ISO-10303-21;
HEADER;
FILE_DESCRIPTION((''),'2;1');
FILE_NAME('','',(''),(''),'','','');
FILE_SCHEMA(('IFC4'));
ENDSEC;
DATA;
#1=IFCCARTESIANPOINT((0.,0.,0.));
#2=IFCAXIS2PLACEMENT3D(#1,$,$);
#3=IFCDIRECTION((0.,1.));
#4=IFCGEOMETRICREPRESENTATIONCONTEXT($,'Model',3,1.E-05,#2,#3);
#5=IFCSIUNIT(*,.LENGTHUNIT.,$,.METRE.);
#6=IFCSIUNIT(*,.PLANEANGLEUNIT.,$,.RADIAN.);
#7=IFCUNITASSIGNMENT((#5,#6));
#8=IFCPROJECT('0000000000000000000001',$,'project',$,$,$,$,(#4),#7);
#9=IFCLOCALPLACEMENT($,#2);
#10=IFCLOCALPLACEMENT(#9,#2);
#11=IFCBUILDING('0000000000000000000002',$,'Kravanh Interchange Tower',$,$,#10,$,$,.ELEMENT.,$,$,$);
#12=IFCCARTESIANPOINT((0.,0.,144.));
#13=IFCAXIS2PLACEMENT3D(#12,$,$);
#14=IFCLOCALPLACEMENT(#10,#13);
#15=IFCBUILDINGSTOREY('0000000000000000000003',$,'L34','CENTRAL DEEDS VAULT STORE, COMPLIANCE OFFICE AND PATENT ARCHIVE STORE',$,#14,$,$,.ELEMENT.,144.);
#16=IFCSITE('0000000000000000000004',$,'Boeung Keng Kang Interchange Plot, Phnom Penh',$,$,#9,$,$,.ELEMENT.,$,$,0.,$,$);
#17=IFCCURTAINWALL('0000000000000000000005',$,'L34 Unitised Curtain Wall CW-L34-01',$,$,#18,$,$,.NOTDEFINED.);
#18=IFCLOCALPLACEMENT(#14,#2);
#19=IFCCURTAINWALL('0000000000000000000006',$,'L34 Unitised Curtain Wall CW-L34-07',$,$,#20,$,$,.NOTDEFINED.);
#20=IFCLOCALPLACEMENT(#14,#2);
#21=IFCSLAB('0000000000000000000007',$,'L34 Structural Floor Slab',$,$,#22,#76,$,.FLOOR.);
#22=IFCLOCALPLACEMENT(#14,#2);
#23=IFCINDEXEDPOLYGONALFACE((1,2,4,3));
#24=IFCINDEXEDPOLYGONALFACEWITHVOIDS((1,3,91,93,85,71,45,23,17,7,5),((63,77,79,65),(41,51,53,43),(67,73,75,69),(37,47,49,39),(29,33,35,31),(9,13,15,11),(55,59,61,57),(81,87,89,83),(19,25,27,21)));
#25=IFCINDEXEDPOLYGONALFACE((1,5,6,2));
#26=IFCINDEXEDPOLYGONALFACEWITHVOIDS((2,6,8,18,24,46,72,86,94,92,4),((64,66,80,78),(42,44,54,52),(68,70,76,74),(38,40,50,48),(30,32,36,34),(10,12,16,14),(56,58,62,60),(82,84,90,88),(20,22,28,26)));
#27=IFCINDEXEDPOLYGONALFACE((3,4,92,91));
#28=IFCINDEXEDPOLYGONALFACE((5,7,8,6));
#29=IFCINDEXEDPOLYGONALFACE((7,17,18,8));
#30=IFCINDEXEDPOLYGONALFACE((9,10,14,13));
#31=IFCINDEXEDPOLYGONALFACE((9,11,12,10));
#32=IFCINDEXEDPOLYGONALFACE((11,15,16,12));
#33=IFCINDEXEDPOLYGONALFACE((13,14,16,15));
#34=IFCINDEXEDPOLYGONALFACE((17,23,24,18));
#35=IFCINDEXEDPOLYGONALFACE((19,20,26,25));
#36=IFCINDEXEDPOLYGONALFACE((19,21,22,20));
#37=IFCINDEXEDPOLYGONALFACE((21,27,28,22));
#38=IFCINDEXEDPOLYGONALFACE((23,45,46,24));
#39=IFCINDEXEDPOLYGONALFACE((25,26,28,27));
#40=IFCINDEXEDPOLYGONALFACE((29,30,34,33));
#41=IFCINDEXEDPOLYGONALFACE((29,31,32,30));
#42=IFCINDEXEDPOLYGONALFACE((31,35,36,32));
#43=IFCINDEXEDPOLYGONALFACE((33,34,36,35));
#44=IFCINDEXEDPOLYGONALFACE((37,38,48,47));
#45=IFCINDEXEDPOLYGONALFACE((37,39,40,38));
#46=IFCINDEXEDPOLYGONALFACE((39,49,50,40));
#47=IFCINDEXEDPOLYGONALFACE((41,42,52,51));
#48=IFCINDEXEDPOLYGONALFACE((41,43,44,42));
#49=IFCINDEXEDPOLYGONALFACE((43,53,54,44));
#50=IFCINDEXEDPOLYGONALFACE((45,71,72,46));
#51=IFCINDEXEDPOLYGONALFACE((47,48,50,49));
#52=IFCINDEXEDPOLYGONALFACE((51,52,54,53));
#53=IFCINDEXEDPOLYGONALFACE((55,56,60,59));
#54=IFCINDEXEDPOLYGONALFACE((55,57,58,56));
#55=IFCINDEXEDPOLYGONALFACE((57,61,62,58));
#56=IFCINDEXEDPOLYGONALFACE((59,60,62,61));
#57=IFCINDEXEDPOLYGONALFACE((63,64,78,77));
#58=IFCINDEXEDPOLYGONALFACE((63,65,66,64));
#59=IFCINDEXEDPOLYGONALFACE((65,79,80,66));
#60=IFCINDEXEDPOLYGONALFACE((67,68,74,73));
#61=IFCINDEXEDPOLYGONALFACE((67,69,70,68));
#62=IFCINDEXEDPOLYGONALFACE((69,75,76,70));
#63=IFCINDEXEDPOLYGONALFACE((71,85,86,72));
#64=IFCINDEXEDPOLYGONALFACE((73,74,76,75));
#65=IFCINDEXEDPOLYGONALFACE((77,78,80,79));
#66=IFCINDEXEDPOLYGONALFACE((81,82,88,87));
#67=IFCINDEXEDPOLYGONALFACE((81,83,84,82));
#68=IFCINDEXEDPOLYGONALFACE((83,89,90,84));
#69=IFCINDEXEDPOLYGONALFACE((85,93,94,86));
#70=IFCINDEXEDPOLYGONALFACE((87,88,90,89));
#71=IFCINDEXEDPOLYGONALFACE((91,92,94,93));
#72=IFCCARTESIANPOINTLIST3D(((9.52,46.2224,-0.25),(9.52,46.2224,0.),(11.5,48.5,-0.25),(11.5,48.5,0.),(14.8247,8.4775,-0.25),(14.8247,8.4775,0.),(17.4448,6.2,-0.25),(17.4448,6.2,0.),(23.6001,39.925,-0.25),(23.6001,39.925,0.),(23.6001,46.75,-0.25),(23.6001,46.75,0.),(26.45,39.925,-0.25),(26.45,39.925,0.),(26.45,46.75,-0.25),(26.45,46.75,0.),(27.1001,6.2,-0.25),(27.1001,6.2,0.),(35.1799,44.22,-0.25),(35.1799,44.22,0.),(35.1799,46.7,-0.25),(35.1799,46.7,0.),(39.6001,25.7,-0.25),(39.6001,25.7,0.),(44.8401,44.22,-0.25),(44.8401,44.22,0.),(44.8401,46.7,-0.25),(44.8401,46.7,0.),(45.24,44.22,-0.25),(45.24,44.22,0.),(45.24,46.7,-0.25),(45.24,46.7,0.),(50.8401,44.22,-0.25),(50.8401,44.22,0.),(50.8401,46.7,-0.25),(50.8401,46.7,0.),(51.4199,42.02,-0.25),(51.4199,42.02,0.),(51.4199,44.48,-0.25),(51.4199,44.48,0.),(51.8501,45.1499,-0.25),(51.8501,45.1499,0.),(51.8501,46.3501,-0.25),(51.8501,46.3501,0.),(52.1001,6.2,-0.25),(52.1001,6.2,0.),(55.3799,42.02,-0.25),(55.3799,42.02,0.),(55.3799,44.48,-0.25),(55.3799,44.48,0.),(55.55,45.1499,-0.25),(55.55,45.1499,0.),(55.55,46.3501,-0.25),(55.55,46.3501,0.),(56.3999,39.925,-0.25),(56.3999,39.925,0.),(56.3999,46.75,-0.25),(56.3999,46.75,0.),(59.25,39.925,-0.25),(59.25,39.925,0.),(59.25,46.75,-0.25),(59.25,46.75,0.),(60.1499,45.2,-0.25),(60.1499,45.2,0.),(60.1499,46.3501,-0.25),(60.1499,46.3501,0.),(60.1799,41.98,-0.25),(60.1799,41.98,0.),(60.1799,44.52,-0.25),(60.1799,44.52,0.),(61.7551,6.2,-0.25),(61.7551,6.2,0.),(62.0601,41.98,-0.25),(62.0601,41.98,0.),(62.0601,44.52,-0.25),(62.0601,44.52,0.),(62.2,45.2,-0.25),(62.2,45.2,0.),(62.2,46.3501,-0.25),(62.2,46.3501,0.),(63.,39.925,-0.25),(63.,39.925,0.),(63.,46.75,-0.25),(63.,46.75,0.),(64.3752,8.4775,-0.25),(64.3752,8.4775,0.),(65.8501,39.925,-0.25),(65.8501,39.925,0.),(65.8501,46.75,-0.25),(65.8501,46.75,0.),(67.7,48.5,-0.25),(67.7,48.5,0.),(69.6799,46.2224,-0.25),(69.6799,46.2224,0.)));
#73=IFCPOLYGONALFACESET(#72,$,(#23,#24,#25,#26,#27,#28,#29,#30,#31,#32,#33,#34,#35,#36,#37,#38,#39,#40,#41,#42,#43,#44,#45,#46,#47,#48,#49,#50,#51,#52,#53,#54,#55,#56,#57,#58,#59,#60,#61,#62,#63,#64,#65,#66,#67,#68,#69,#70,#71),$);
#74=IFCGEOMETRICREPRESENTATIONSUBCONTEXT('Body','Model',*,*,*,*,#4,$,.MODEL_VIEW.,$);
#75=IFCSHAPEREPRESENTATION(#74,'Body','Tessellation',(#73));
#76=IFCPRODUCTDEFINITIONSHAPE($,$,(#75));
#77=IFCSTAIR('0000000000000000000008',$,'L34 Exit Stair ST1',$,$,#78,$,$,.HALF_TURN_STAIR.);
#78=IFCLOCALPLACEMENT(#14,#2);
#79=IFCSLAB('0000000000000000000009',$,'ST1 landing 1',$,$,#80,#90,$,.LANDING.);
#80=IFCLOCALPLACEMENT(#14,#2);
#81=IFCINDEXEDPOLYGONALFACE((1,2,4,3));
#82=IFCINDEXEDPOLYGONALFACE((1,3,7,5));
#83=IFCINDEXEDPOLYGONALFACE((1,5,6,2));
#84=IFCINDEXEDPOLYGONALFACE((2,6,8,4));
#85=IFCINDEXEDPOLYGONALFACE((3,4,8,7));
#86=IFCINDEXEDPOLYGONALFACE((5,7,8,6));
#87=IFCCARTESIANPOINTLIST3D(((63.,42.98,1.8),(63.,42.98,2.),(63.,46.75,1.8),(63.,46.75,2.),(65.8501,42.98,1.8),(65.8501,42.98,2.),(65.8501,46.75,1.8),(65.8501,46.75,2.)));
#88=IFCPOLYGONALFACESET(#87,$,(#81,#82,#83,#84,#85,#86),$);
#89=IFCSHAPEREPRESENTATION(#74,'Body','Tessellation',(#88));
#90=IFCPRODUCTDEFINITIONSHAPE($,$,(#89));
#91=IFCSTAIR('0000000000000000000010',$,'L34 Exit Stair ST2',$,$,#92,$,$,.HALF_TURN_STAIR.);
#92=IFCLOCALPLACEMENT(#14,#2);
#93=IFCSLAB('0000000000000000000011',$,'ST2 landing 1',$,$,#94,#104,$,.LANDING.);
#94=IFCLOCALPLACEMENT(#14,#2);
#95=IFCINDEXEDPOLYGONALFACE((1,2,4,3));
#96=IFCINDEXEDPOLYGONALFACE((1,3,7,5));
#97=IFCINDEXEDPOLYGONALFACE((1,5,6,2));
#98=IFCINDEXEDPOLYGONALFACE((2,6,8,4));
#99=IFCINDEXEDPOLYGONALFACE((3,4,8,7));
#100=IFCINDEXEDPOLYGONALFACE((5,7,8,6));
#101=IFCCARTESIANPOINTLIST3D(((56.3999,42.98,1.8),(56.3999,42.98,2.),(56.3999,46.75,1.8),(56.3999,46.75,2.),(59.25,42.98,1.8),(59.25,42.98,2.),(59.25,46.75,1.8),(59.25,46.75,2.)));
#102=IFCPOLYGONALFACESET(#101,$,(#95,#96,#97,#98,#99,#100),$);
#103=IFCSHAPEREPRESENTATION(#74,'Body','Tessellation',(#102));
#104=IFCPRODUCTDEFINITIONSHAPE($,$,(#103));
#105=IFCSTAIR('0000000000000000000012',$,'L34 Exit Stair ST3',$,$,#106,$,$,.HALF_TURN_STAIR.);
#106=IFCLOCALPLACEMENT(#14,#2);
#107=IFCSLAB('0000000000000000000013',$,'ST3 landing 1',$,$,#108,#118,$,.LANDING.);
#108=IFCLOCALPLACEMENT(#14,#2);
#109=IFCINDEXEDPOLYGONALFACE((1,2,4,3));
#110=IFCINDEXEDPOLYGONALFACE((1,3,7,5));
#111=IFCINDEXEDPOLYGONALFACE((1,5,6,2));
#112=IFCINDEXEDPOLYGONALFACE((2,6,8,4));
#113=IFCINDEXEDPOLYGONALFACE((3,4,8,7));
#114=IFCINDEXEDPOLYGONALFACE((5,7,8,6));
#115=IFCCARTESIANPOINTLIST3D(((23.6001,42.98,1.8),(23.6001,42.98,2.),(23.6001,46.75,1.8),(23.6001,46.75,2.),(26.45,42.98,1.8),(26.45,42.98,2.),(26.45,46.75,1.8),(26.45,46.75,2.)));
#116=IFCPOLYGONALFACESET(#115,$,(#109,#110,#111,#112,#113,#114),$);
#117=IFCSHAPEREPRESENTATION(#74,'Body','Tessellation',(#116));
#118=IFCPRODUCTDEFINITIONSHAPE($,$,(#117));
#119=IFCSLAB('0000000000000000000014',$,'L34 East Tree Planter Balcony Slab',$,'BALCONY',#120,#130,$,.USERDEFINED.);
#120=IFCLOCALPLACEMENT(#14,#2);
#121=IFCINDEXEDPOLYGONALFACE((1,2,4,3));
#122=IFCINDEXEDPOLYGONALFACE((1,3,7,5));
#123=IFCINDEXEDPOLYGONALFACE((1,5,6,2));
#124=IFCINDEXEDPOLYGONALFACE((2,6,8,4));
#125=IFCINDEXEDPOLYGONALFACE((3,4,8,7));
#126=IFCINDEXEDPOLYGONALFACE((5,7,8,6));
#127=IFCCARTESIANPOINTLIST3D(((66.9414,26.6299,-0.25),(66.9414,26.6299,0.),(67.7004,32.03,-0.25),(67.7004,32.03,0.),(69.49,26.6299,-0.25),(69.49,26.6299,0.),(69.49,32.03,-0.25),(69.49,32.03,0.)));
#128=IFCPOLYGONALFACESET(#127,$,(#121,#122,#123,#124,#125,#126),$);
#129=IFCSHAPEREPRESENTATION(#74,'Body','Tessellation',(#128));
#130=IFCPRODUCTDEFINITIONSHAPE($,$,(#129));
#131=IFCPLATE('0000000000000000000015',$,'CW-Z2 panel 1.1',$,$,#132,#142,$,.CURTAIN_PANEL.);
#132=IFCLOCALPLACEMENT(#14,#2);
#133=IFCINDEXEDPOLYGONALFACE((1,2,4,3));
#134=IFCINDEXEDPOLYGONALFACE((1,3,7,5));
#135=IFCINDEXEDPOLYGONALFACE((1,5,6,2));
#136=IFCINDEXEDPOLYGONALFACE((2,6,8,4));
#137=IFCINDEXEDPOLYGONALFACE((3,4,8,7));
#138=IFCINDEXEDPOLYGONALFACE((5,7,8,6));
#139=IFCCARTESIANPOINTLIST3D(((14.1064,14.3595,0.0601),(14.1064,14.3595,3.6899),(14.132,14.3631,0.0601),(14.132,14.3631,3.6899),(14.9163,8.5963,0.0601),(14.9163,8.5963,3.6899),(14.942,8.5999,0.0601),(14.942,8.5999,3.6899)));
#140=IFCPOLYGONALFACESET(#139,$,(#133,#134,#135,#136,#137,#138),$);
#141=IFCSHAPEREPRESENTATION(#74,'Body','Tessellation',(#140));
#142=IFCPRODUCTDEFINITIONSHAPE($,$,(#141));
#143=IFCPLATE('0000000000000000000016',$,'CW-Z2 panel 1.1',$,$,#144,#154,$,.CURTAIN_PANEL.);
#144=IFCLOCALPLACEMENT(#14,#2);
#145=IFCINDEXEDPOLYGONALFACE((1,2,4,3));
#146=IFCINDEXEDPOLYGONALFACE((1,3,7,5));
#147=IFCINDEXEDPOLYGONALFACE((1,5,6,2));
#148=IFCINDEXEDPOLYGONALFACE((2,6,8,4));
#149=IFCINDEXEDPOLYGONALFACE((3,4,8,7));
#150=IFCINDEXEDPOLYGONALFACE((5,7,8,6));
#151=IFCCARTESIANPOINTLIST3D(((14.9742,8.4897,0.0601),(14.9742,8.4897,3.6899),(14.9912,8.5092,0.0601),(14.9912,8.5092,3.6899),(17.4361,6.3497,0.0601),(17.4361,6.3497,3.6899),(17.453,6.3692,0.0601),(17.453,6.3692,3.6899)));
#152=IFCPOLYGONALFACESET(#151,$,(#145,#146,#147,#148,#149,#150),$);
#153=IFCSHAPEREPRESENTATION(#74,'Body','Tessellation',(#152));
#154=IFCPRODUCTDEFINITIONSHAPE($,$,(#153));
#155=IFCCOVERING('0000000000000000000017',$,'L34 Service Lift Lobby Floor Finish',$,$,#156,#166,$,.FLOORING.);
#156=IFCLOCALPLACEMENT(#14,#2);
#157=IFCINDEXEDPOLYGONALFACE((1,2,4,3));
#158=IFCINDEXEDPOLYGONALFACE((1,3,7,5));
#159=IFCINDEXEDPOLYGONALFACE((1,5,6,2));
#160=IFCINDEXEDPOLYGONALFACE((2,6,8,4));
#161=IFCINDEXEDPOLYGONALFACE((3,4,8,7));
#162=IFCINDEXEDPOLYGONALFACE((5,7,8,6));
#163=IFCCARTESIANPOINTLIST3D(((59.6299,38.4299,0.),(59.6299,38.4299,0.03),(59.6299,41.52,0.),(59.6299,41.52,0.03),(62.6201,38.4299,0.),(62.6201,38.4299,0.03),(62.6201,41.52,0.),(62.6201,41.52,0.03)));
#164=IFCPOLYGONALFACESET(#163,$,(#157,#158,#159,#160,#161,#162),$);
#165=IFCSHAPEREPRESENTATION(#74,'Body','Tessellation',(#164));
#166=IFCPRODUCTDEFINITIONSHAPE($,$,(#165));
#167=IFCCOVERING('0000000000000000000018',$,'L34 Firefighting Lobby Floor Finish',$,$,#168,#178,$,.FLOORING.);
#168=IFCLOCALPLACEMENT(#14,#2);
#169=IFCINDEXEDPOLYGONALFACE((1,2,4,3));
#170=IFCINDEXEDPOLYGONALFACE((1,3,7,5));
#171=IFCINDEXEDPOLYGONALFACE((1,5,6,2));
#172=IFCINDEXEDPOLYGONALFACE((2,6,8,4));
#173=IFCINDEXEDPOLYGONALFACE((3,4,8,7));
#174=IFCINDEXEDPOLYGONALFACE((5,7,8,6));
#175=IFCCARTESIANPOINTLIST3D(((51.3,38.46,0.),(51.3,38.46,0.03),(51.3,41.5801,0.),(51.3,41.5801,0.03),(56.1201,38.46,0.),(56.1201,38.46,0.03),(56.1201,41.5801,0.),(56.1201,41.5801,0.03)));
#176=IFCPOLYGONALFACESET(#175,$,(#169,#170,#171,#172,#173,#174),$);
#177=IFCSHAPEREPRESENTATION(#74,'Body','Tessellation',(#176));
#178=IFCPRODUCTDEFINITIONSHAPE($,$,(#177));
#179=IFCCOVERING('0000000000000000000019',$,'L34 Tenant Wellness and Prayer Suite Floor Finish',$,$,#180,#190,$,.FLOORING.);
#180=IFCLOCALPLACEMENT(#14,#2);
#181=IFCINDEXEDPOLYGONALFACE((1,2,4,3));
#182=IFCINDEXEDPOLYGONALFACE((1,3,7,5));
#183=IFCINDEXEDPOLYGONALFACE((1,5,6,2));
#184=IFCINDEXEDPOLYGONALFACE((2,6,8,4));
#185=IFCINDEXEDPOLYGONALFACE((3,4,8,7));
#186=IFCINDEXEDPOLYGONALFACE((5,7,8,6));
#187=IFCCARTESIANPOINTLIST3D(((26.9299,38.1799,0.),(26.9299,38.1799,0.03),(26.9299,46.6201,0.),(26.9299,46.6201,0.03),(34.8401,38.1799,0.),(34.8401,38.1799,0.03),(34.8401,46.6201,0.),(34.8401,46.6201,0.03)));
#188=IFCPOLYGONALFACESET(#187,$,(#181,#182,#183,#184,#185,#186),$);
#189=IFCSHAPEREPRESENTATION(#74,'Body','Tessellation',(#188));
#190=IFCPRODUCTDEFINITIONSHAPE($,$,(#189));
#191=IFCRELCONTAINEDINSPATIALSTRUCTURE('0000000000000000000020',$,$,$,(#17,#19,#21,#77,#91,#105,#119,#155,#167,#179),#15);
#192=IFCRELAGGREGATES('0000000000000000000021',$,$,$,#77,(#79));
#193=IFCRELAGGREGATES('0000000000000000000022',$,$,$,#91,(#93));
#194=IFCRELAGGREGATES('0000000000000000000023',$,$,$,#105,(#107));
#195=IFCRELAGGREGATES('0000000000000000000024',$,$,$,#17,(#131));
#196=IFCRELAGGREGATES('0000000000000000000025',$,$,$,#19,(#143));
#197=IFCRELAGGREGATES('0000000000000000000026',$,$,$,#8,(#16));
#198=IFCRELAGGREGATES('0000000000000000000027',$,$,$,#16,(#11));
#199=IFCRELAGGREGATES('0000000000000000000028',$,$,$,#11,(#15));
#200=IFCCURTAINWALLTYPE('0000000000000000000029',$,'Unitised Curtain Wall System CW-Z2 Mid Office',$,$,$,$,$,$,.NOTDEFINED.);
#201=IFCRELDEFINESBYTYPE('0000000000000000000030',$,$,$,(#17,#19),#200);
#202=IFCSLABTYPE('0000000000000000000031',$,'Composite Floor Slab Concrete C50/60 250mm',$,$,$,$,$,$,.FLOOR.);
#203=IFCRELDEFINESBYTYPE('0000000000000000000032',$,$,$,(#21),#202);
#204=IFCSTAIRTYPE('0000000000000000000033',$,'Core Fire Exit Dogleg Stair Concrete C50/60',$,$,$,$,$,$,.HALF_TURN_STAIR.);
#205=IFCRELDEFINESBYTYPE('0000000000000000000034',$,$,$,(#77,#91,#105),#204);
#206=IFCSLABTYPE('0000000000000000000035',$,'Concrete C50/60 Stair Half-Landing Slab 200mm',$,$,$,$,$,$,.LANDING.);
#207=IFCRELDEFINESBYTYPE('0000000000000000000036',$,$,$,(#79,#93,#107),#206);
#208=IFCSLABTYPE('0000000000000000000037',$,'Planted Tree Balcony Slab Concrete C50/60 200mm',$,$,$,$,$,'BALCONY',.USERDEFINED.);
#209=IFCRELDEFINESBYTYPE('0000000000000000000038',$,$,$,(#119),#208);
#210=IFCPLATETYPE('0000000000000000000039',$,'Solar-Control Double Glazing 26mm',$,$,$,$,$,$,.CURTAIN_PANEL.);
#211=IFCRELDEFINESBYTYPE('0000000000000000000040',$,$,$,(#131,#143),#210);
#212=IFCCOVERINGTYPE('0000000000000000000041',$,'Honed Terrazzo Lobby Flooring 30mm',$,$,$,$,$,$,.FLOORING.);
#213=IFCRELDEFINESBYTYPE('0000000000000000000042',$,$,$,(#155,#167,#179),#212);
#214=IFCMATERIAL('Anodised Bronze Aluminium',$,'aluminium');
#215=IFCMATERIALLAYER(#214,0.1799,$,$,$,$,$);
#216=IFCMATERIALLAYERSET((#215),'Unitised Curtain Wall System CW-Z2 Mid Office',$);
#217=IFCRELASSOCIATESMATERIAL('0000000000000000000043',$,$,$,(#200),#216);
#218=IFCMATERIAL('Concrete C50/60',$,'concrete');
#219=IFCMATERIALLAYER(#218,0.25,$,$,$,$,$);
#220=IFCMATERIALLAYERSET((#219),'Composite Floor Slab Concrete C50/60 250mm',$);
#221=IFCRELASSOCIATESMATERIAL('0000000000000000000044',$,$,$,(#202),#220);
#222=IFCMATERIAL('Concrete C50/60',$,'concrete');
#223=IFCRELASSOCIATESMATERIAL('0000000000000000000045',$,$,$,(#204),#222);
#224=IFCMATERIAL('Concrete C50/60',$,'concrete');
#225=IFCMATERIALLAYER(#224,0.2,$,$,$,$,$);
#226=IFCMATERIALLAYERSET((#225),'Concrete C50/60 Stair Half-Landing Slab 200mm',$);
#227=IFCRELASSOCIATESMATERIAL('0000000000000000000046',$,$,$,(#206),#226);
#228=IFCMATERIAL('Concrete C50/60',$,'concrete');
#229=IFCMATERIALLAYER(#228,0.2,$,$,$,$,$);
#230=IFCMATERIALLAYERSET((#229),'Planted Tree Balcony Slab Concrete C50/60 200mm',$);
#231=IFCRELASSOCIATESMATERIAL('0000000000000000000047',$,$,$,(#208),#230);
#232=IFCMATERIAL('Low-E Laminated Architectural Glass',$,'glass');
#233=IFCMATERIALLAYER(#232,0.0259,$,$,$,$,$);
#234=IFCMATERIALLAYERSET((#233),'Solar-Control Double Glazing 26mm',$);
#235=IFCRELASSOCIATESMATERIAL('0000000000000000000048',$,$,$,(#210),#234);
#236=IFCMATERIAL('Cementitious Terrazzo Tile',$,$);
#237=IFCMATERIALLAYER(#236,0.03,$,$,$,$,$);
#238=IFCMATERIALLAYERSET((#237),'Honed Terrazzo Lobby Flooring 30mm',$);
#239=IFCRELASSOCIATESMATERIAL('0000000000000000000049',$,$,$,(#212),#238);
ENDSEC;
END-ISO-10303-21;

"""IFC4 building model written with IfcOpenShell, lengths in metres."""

from ifc_helpers import new_model, si_unit, direction, frame, origin, origin_2d, place, context, subcontext, project, spatial, polyline, rectangle, outline, extrude, material, layer, layer_set, type_object, element, aggregate, save


model = new_model("IFC4")

# Units and contexts
model_context = context("Model", 3, precision=1e-05, world=origin(), true_north=direction((0.0, 1.0)))
body_context = subcontext(model_context, "Body", "Model", "MODEL_VIEW")
ifc_project = project(units=[si_unit("LENGTHUNIT", "METRE"), si_unit("PLANEANGLEUNIT", "RADIAN")], contexts=[model_context])

# Site, building, storey
site_placement = place(None, origin())
site = spatial("IfcSite", under=ifc_project, at=site_placement, Name="Boeung Keng Kang Interchange Plot, Phnom Penh", CompositionType="ELEMENT", RefElevation=0.0)
building_placement = place(site_placement, origin())
building = spatial("IfcBuilding", under=site, at=building_placement, Name="Kravanh Interchange Tower", CompositionType="ELEMENT")
storey_placement = place(building_placement, frame((0.0, 0.0, 144.0)))
storey = spatial("IfcBuildingStorey", under=building, at=storey_placement, Name="L34", Description="CENTRAL DEEDS VAULT STORE, COMPLIANCE OFFICE AND PATENT ARCHIVE STORE", CompositionType="ELEMENT", Elevation=144.0)

# Curtain walls
ifc_material_1 = material(Name="Anodised Bronze Aluminium", Category="aluminium")
ifc_layer_1 = layer(ifc_material_1, 0.1799)
ifc_layer_set_1 = layer_set([ifc_layer_1], Name="Unitised Curtain Wall System CW-Z2 Mid Office")
curtain_wall_type = type_object("IfcCurtainWallType", Name="Unitised Curtain Wall System CW-Z2 Mid Office", PredefinedType="NOTDEFINED", material=ifc_layer_set_1)
curtain_wall_1_placement = place(storey_placement, origin())
curtain_wall_1 = element("IfcCurtainWall", 1, at=curtain_wall_1_placement, inside=storey, type_object=curtain_wall_type, Name="L34 Unitised Curtain Wall CW-L34-01", PredefinedType="NOTDEFINED")
curtain_wall_2_placement = place(storey_placement, origin())
curtain_wall_2 = element("IfcCurtainWall", 2, at=curtain_wall_2_placement, inside=storey, type_object=curtain_wall_type, Name="L34 Unitised Curtain Wall CW-L34-07", PredefinedType="NOTDEFINED")

# Slab
ifc_material_2 = material(Name="Concrete C50/60", Category="concrete")
ifc_layer_2 = layer(ifc_material_2, 0.25)
ifc_layer_set_2 = layer_set([ifc_layer_2], Name="Composite Floor Slab Concrete C50/60 250mm")
slab_type_1 = type_object("IfcSlabType", Name="Composite Floor Slab Concrete C50/60 250mm", PredefinedType="FLOOR", material=ifc_layer_set_2)
slab_1_placement = place(storey_placement, frame((0.0, 0.0, -0.25)))
element("IfcSlab", 3, at=slab_1_placement, inside=storey, type_object=slab_type_1, Name="L34 Structural Floor Slab", PredefinedType="FLOOR", context=body_context, shape_type="SweptSolid", body=[
    extrude(outline(polyline([(14.8247, 8.4775), (17.4448, 6.2), (27.1001, 6.2), (39.6001, 25.7), (52.1001, 6.2), (61.7551, 6.2), (64.3752, 8.4775), (69.6799, 46.2224), (67.7, 48.5), (11.5, 48.5), (9.52, 46.2224), (14.8247, 8.4775)]), holes=[polyline([(65.8501, 39.925), (65.8501, 46.75), (63.0, 46.75), (63.0, 39.925), (65.8501, 39.925)]), polyline([(59.25, 39.925), (59.25, 46.75), (56.3999, 46.75), (56.3999, 39.925), (59.25, 39.925)]), polyline([(26.45, 39.925), (26.45, 46.75), (23.6001, 46.75), (23.6001, 39.925), (26.45, 39.925)]), polyline([(35.1799, 44.22), (44.8401, 44.22), (44.8401, 46.7), (35.1799, 46.7), (35.1799, 44.22)]), polyline([(45.24, 44.22), (50.8401, 44.22), (50.8401, 46.7), (45.24, 46.7), (45.24, 44.22)]), polyline([(51.4199, 42.02), (55.3799, 42.02), (55.3799, 44.48), (51.4199, 44.48), (51.4199, 42.02)]), polyline([(60.1799, 41.98), (62.0601, 41.98), (62.0601, 44.52), (60.1799, 44.52), (60.1799, 41.98)]), polyline([(60.1499, 45.2), (62.2, 45.2), (62.2, 46.3501), (60.1499, 46.3501), (60.1499, 45.2)]), polyline([(51.8501, 45.1499), (55.55, 45.1499), (55.55, 46.3501), (51.8501, 46.3501), (51.8501, 45.1499)])]), origin(), (0.0, 0.0, 1.0), 0.25),
])

# Stairs, slabs
ifc_material_3 = material(Name="Concrete C50/60", Category="concrete")
stair_type = type_object("IfcStairType", Name="Core Fire Exit Dogleg Stair Concrete C50/60", PredefinedType="HALF_TURN_STAIR", material=ifc_material_3)
stair_1_placement = place(storey_placement, origin())
stair_1 = element("IfcStair", 4, at=stair_1_placement, inside=storey, type_object=stair_type, Name="L34 Exit Stair ST1", PredefinedType="HALF_TURN_STAIR")
ifc_material_4 = material(Name="Concrete C50/60", Category="concrete")
ifc_layer_3 = layer(ifc_material_4, 0.2)
ifc_layer_set_3 = layer_set([ifc_layer_3], Name="Concrete C50/60 Stair Half-Landing Slab 200mm")
slab_type_2 = type_object("IfcSlabType", Name="Concrete C50/60 Stair Half-Landing Slab 200mm", PredefinedType="LANDING", material=ifc_layer_set_3)
slab_2_placement = place(storey_placement, frame((0.0, 0.0, 1.8)))
slab_2 = element("IfcSlab", 5, at=slab_2_placement, type_object=slab_type_2, Name="ST1 landing 1", PredefinedType="LANDING", context=body_context, shape_type="SweptSolid", body=[
    extrude(outline(polyline([(65.8501, 42.98), (65.8501, 46.75), (63.0, 46.75), (63.0, 42.98), (65.8501, 42.98)])), origin(), (0.0, 0.0, 1.0), 0.2),
])
aggregate(stair_1, [slab_2])
stair_2_placement = place(storey_placement, origin())
stair_2 = element("IfcStair", 6, at=stair_2_placement, inside=storey, type_object=stair_type, Name="L34 Exit Stair ST2", PredefinedType="HALF_TURN_STAIR")
slab_3_placement = place(storey_placement, frame((0.0, 0.0, 1.8)))
slab_3 = element("IfcSlab", 7, at=slab_3_placement, type_object=slab_type_2, Name="ST2 landing 1", PredefinedType="LANDING", context=body_context, shape_type="SweptSolid", body=[
    extrude(outline(polyline([(59.25, 42.98), (59.25, 46.75), (56.3999, 46.75), (56.3999, 42.98), (59.25, 42.98)])), origin(), (0.0, 0.0, 1.0), 0.2),
])
aggregate(stair_2, [slab_3])
stair_3_placement = place(storey_placement, origin())
stair_3 = element("IfcStair", 8, at=stair_3_placement, inside=storey, type_object=stair_type, Name="L34 Exit Stair ST3", PredefinedType="HALF_TURN_STAIR")
slab_4_placement = place(storey_placement, frame((0.0, 0.0, 1.8)))
slab_4 = element("IfcSlab", 9, at=slab_4_placement, type_object=slab_type_2, Name="ST3 landing 1", PredefinedType="LANDING", context=body_context, shape_type="SweptSolid", body=[
    extrude(outline(polyline([(26.45, 42.98), (26.45, 46.75), (23.6001, 46.75), (23.6001, 42.98), (26.45, 42.98)])), origin(), (0.0, 0.0, 1.0), 0.2),
])
aggregate(stair_3, [slab_4])

# Slab
ifc_material_5 = material(Name="Concrete C50/60", Category="concrete")
ifc_layer_4 = layer(ifc_material_5, 0.2)
ifc_layer_set_4 = layer_set([ifc_layer_4], Name="Planted Tree Balcony Slab Concrete C50/60 200mm")
slab_type_3 = type_object("IfcSlabType", Name="Planted Tree Balcony Slab Concrete C50/60 200mm", ElementType="BALCONY", PredefinedType="USERDEFINED", material=ifc_layer_set_4)
slab_5_placement = place(storey_placement, frame((0.0, 0.0, -0.25)))
element("IfcSlab", 10, at=slab_5_placement, inside=storey, type_object=slab_type_3, Name="L34 East Tree Planter Balcony Slab", ObjectType="BALCONY", PredefinedType="USERDEFINED", context=body_context, shape_type="SweptSolid", body=[
    extrude(outline(polyline([(69.49, 32.03), (69.49, 26.6299), (66.9414, 26.6299), (67.7004, 32.03), (69.49, 32.03)])), origin(), (0.0, 0.0, 1.0), 0.25),
])

# Plates
ifc_material_6 = material(Name="Low-E Laminated Architectural Glass", Category="glass")
ifc_layer_5 = layer(ifc_material_6, 0.0259)
ifc_layer_set_5 = layer_set([ifc_layer_5], Name="Solar-Control Double Glazing 26mm")
plate_type = type_object("IfcPlateType", Name="Solar-Control Double Glazing 26mm", PredefinedType="CURTAIN_PANEL", material=ifc_layer_set_5)
plate_1_placement = place(storey_placement, frame((14.5242, 11.4797, 0.0601), z_axis=(0.0, 0.0, 1.0), x_axis=(-0.139173, 0.990268, 0.0)))
plate_1 = element("IfcPlate", 11, at=plate_1_placement, type_object=plate_type, Name="CW-Z2 panel 1.1", PredefinedType="CURTAIN_PANEL", context=body_context, shape_type="SweptSolid", body=[
    extrude(rectangle(XDim=5.8198, YDim=0.0259, at=origin_2d()), origin(), (0.0, 0.0, 1.0), 3.6299),
])
aggregate(curtain_wall_1, [plate_1])
plate_2_placement = place(storey_placement, frame((16.2136, 7.4294, 0.0601), z_axis=(0.0, 0.0, 1.0), x_axis=(-0.754719, 0.656048, 0.0)))
plate_2 = element("IfcPlate", 12, at=plate_2_placement, type_object=plate_type, Name="CW-Z2 panel 1.1", PredefinedType="CURTAIN_PANEL", context=body_context, shape_type="SweptSolid", body=[
    extrude(rectangle(XDim=3.262, YDim=0.0259, at=origin_2d()), origin(), (0.0, 0.0, 1.0), 3.6299),
])
aggregate(curtain_wall_2, [plate_2])

# Coverings
ifc_material_7 = material(Name="Cementitious Terrazzo Tile")
ifc_layer_6 = layer(ifc_material_7, 0.03)
ifc_layer_set_6 = layer_set([ifc_layer_6], Name="Honed Terrazzo Lobby Flooring 30mm")
covering_type_1 = type_object("IfcCoveringType", Name="Honed Terrazzo Lobby Flooring 30mm", PredefinedType="FLOORING", material=ifc_layer_set_6)
covering_1_placement = place(storey_placement, origin())
element("IfcCovering", 13, at=covering_1_placement, inside=storey, type_object=covering_type_1, Name="L34 Service Lift Lobby Floor Finish", PredefinedType="FLOORING", context=body_context, shape_type="SweptSolid", body=[
    extrude(outline(polyline([(59.6299, 41.52), (62.6201, 41.52), (62.6201, 38.4299), (59.6299, 38.4299), (59.6299, 41.52)])), origin(), (0.0, 0.0, 1.0), 0.03),
])
covering_2_placement = place(storey_placement, origin())
element("IfcCovering", 14, at=covering_2_placement, inside=storey, type_object=covering_type_1, Name="L34 Firefighting Lobby Floor Finish", PredefinedType="FLOORING", context=body_context, shape_type="SweptSolid", body=[
    extrude(outline(polyline([(56.1201, 38.46), (51.3, 38.46), (51.3, 41.5801), (56.1201, 41.5801), (56.1201, 38.46)])), origin(), (0.0, 0.0, 1.0), 0.03),
])
covering_3_placement = place(storey_placement, origin())
element("IfcCovering", 15, at=covering_3_placement, inside=storey, type_object=covering_type_1, Name="L34 Tenant Wellness and Prayer Suite Floor Finish", PredefinedType="FLOORING", context=body_context, shape_type="SweptSolid", body=[
    extrude(outline(polyline([(26.9299, 46.6201), (34.8401, 46.6201), (34.8401, 38.1799), (26.9299, 38.1799), (26.9299, 46.6201)])), origin(), (0.0, 0.0, 1.0), 0.03),
])

save(model, "model.ifc")
